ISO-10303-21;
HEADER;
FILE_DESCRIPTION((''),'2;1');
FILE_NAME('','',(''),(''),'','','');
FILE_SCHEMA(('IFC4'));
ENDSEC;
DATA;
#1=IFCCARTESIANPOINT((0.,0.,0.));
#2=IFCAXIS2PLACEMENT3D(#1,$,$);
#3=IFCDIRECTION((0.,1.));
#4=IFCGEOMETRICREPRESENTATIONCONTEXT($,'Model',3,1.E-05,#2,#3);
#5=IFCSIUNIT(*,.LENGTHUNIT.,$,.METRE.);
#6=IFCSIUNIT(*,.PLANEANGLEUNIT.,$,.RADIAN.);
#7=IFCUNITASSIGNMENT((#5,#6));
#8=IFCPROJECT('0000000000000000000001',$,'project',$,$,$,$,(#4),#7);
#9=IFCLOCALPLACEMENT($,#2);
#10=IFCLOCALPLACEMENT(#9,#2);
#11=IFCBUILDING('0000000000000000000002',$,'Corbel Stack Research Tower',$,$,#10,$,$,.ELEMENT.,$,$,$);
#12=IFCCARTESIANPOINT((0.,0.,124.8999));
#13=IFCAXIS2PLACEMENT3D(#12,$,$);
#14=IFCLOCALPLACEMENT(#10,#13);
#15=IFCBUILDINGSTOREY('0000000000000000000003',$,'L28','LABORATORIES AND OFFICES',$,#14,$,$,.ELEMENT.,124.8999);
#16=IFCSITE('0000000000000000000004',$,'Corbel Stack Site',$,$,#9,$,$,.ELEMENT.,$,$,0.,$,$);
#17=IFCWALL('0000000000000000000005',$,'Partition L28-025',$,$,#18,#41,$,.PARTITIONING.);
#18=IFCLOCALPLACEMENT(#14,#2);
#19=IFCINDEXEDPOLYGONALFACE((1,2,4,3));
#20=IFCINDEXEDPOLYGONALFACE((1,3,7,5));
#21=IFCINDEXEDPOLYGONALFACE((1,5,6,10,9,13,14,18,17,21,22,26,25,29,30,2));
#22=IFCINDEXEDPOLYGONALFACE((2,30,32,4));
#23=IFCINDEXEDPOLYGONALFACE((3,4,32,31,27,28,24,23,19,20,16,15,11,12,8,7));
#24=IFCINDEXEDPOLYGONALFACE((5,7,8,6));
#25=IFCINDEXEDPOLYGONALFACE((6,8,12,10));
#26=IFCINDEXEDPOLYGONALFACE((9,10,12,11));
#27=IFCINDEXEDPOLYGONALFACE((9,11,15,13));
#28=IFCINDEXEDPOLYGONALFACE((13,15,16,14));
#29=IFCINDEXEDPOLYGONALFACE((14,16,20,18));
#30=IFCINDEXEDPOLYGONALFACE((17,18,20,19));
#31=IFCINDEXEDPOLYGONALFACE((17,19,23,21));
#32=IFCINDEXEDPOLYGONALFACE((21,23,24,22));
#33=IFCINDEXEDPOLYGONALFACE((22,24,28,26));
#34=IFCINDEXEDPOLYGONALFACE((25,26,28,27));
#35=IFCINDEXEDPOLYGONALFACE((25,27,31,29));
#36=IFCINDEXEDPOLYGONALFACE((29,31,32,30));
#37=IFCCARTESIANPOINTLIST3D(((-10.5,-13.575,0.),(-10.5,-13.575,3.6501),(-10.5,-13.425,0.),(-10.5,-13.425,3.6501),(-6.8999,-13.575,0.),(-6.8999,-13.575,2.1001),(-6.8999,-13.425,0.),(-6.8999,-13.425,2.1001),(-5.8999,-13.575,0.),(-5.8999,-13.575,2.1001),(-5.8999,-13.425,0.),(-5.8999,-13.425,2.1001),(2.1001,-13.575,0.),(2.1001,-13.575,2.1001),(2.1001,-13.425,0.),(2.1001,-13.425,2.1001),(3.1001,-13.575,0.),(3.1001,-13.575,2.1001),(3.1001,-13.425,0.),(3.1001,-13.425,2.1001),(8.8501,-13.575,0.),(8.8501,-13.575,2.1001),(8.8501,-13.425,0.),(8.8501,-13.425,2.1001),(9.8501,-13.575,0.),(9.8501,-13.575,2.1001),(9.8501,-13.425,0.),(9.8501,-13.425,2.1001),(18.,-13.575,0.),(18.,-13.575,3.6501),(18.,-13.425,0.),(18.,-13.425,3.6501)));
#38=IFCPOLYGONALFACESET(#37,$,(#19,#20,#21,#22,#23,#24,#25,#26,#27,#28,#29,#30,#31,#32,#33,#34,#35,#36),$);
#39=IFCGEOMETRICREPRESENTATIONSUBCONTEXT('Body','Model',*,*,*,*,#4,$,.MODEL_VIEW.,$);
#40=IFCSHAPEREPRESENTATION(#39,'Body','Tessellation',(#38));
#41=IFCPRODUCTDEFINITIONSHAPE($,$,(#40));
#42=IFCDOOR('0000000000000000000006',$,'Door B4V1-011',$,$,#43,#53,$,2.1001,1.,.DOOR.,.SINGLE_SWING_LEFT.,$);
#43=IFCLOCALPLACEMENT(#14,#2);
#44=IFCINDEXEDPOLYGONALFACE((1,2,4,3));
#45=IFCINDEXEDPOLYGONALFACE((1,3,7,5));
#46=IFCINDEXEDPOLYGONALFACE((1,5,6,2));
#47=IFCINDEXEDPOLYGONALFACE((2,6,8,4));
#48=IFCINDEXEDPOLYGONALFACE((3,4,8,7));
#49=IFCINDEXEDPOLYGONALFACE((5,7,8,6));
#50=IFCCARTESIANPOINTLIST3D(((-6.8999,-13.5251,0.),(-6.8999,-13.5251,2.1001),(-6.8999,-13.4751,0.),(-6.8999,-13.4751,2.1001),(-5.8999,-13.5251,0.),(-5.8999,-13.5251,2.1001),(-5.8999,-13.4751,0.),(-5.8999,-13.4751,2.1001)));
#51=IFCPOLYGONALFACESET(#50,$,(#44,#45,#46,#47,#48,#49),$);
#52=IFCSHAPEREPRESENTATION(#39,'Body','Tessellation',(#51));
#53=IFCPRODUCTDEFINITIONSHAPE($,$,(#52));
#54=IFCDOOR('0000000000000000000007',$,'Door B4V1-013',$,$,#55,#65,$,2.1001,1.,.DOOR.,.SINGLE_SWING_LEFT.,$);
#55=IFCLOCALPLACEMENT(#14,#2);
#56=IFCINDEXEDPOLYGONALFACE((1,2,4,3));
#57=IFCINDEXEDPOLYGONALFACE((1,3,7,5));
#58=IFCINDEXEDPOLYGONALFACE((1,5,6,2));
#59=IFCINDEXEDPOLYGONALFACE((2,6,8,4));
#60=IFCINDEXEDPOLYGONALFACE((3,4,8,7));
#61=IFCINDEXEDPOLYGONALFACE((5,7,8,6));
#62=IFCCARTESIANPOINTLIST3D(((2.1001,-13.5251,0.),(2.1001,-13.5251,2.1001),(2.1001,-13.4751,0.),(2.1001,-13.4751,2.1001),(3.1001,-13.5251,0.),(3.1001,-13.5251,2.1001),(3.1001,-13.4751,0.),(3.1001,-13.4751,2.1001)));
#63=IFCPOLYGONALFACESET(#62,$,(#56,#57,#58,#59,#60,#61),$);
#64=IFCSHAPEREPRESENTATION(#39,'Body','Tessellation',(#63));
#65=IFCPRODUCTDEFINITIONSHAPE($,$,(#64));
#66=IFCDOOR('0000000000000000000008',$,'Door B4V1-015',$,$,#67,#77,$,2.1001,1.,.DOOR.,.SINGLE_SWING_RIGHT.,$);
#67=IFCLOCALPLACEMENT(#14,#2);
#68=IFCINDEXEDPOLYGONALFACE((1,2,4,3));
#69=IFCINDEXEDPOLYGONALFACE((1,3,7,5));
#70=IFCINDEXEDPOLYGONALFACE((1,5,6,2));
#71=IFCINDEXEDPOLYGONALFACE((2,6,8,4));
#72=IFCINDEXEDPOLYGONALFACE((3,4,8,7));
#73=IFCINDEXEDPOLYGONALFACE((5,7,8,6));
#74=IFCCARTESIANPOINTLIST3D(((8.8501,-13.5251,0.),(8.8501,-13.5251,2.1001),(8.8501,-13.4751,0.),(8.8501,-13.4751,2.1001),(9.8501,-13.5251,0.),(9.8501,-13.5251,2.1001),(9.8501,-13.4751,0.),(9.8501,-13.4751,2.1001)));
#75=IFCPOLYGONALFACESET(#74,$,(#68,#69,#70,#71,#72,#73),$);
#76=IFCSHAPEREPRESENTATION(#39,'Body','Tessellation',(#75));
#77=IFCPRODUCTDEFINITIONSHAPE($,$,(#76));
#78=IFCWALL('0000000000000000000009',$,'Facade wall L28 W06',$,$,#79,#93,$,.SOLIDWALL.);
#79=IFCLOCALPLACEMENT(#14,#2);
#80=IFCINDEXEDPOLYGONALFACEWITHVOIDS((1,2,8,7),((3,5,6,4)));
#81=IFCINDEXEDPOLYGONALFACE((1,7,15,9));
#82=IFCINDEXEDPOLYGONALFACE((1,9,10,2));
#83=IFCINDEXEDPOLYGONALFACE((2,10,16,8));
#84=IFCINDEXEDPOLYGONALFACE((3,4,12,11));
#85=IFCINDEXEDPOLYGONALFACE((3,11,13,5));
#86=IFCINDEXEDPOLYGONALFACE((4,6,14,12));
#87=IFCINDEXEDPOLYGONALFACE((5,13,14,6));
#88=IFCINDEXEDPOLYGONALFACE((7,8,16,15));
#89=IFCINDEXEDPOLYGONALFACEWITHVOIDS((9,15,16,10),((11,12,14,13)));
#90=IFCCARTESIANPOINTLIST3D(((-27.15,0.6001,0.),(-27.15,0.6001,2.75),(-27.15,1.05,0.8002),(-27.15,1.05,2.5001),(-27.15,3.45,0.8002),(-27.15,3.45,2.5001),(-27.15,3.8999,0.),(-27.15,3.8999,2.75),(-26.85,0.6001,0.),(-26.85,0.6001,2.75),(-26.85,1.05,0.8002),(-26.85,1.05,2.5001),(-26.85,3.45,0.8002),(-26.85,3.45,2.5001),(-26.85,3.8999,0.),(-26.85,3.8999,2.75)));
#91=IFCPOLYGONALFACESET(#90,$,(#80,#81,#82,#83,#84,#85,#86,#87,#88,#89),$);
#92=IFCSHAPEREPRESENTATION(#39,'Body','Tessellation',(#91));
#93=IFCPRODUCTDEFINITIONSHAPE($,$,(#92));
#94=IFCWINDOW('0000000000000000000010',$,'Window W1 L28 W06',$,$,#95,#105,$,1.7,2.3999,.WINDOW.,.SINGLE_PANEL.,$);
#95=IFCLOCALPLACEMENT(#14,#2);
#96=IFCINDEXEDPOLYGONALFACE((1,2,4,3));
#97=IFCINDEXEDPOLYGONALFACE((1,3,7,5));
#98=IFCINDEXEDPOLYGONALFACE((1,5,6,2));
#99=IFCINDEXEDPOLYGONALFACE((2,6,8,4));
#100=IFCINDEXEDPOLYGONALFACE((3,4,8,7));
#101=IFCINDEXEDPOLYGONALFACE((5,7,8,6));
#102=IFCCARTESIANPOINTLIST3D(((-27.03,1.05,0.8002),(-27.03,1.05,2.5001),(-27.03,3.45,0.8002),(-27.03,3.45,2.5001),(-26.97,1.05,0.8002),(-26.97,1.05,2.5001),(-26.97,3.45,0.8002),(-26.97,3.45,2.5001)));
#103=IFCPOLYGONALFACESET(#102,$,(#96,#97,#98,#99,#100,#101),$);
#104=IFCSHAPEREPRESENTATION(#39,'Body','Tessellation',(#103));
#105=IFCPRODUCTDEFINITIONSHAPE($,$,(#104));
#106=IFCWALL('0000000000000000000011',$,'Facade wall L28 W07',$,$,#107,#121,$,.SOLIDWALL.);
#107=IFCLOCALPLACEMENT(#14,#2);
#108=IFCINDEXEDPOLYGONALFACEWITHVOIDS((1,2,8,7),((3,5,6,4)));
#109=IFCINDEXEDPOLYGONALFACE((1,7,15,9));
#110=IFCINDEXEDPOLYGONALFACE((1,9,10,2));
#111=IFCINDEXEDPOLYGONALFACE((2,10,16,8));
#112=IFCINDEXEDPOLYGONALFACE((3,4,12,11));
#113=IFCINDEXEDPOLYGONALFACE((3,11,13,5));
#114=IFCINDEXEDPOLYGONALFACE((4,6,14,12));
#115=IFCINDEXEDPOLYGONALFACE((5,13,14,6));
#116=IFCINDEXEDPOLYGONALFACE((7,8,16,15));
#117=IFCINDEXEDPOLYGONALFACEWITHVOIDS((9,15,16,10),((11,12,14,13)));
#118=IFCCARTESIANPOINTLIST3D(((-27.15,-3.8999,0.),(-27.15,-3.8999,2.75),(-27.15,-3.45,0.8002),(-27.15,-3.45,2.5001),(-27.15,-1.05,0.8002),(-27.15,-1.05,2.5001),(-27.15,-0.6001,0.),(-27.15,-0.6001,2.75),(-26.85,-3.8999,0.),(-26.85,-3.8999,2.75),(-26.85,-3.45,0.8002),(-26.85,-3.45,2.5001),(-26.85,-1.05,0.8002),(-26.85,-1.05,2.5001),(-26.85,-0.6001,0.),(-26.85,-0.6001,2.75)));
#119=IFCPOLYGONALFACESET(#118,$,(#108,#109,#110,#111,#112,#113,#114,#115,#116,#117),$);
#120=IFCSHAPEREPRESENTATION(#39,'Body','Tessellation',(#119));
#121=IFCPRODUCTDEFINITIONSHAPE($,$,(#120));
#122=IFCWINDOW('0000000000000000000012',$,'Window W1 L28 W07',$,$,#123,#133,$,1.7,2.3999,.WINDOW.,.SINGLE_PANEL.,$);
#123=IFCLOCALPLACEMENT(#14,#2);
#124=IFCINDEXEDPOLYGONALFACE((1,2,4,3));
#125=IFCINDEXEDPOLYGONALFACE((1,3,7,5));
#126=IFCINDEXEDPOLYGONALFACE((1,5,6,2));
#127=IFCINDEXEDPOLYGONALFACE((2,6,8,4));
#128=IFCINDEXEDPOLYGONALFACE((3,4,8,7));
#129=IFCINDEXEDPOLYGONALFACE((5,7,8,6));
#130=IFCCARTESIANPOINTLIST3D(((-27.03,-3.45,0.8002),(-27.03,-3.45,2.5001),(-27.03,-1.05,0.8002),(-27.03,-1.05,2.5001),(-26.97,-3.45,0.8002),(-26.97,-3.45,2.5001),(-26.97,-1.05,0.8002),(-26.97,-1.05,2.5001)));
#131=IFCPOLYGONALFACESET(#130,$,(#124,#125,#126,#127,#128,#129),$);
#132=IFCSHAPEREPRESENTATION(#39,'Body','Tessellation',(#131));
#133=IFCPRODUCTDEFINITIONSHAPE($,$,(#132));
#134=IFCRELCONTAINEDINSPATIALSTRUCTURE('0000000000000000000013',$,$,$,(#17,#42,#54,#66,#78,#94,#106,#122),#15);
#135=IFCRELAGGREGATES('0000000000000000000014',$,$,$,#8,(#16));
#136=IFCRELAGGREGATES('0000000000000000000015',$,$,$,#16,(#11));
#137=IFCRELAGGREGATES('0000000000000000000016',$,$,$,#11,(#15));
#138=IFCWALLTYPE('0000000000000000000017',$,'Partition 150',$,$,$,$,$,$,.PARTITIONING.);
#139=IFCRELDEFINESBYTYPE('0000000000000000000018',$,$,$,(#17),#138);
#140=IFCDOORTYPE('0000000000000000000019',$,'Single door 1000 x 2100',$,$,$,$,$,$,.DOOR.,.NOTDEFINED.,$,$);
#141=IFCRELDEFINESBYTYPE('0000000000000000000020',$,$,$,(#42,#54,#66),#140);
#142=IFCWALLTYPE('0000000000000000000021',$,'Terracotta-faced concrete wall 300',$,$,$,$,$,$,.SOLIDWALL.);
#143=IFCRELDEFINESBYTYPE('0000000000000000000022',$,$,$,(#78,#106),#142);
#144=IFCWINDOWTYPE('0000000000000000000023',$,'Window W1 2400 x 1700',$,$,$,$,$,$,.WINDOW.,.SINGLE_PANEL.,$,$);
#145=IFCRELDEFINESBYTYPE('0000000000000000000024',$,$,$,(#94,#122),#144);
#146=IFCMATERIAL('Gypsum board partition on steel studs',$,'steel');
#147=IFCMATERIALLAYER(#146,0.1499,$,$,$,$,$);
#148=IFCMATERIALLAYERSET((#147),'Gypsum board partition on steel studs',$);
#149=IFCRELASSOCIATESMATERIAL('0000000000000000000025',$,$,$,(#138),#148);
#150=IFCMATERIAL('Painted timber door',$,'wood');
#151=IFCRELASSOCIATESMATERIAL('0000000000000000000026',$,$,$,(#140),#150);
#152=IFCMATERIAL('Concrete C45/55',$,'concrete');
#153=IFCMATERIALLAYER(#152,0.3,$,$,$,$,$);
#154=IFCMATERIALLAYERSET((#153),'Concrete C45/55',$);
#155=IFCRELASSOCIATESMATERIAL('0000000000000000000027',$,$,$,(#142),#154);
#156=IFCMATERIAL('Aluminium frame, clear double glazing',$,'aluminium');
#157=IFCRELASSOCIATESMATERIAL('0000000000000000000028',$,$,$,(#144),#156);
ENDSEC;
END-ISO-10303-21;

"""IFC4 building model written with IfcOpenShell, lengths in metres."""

from ifc_helpers import new_model, si_unit, direction, frame, frame_2d, origin, place, context, subcontext, project, spatial, rectangle, extrude, material, layer, layer_set, type_object, element, fill, save


model = new_model("IFC4")

# Units and contexts
model_context = context("Model", 3, precision=1e-05, world=origin(), true_north=direction((0.0, 1.0)))
body_context = subcontext(model_context, "Body", "Model", "MODEL_VIEW")
ifc_project = project(units=[si_unit("LENGTHUNIT", "METRE"), si_unit("PLANEANGLEUNIT", "RADIAN")], contexts=[model_context])

# Site, building, storey
site_placement = place(None, origin())
site = spatial("IfcSite", under=ifc_project, at=site_placement, Name="Corbel Stack Site", CompositionType="ELEMENT", RefElevation=0.0)
building_placement = place(site_placement, origin())
building = spatial("IfcBuilding", under=site, at=building_placement, Name="Corbel Stack Research Tower", CompositionType="ELEMENT")
storey_placement = place(building_placement, frame((0.0, 0.0, 124.8999)))
storey = spatial("IfcBuildingStorey", under=building, at=storey_placement, Name="L28", Description="LABORATORIES AND OFFICES", CompositionType="ELEMENT", Elevation=124.8999)

# Shared definitions
ifc_material_1 = material(Name="Gypsum board partition on steel studs", Category="steel")
ifc_layer_1 = layer(ifc_material_1, 0.1499)
ifc_layer_set_1 = layer_set([ifc_layer_1], Name="Gypsum board partition on steel studs")
wall_type_1 = type_object("IfcWallType", Name="Partition 150", PredefinedType="PARTITIONING", material=ifc_layer_set_1)
ifc_material_2 = material(Name="Painted timber door", Category="wood")
door_type_1 = type_object("IfcDoorType", Name="Single door 1000 x 2100", OperationType="NOTDEFINED", PredefinedType="DOOR", material=ifc_material_2)

# Wall, openings, doors
wall_1_placement = place(storey_placement, frame((-10.5, -13.5, 0.0), z_axis=(0.0, 0.0, 1.0), x_axis=(1.0, 0.0, 0.0)))
wall_1 = element("IfcWall", 1, at=wall_1_placement, inside=storey, type_object=wall_type_1, Name="Partition L28-025", PredefinedType="PARTITIONING", context=body_context, shape_type="SweptSolid", body=[
    extrude(rectangle(XDim=28.5, YDim=0.1499, at=frame_2d((14.25, 0.0))), origin(), (0.0, 0.0, 1.0), 3.6501),
])
opening_1_placement = place(wall_1_placement, frame((3.6001, 0.0, 0.0)))
opening_1 = element("IfcOpeningElement", 2, at=opening_1_placement, cuts=wall_1, PredefinedType="OPENING", context=body_context, shape_type="SweptSolid", body=[
    extrude(rectangle(XDim=1.0, YDim=2.1001, at=frame_2d((0.5, 1.05))), frame((0.0, 0.085, 0.0), z_axis=(0.0, -1.0, 0.0), x_axis=(1.0, 0.0, 0.0)), (0.0, 0.0, 1.0), 0.1699),
])
opening_2_placement = place(wall_1_placement, frame((12.6001, 0.0, 0.0)))
opening_2 = element("IfcOpeningElement", 3, at=opening_2_placement, cuts=wall_1, PredefinedType="OPENING", context=body_context, shape_type="SweptSolid", body=[
    extrude(rectangle(XDim=1.0, YDim=2.1001, at=frame_2d((0.5, 1.05))), frame((0.0, 0.085, 0.0), z_axis=(0.0, -1.0, 0.0), x_axis=(1.0, 0.0, 0.0)), (0.0, 0.0, 1.0), 0.1699),
])
opening_3_placement = place(wall_1_placement, frame((19.3501, 0.0, 0.0)))
opening_3 = element("IfcOpeningElement", 4, at=opening_3_placement, cuts=wall_1, PredefinedType="OPENING", context=body_context, shape_type="SweptSolid", body=[
    extrude(rectangle(XDim=1.0, YDim=2.1001, at=frame_2d((0.5, 1.05))), frame((0.0, 0.085, 0.0), z_axis=(0.0, -1.0, 0.0), x_axis=(1.0, 0.0, 0.0)), (0.0, 0.0, 1.0), 0.1699),
])
door_1_placement = place(opening_1_placement, origin())
door_1 = element("IfcDoor", 5, at=door_1_placement, inside=storey, type_object=door_type_1, Name="Door B4V1-011", OperationType="SINGLE_SWING_LEFT", OverallHeight=2.1001, OverallWidth=1.0, PredefinedType="DOOR", context=body_context, shape_type="SweptSolid", body=[
    extrude(rectangle(XDim=1.0, YDim=2.1001, at=frame_2d((0.5, 1.05))), frame((0.0, 0.0249, 0.0), z_axis=(0.0, -1.0, 0.0), x_axis=(1.0, 0.0, 0.0)), (0.0, 0.0, 1.0), 0.05),
])
fill(opening_1, door_1)
door_2_placement = place(opening_2_placement, origin())
door_2 = element("IfcDoor", 6, at=door_2_placement, inside=storey, type_object=door_type_1, Name="Door B4V1-013", OperationType="SINGLE_SWING_LEFT", OverallHeight=2.1001, OverallWidth=1.0, PredefinedType="DOOR", context=body_context, shape_type="SweptSolid", body=[
    extrude(rectangle(XDim=1.0, YDim=2.1001, at=frame_2d((0.5, 1.05))), frame((0.0, 0.0249, 0.0), z_axis=(0.0, -1.0, 0.0), x_axis=(1.0, 0.0, 0.0)), (0.0, 0.0, 1.0), 0.05),
])
fill(opening_2, door_2)
door_3_placement = place(opening_3_placement, origin())
door_3 = element("IfcDoor", 7, at=door_3_placement, inside=storey, type_object=door_type_1, Name="Door B4V1-015", OperationType="SINGLE_SWING_RIGHT", OverallHeight=2.1001, OverallWidth=1.0, PredefinedType="DOOR", context=body_context, shape_type="SweptSolid", body=[
    extrude(rectangle(XDim=1.0, YDim=2.1001, at=frame_2d((0.5, 1.05))), frame((0.0, 0.0249, 0.0), z_axis=(0.0, -1.0, 0.0), x_axis=(1.0, 0.0, 0.0)), (0.0, 0.0, 1.0), 0.05),
])
fill(opening_3, door_3)

# Walls, openings, windows
ifc_material_3 = material(Name="Concrete C45/55", Category="concrete")
ifc_layer_2 = layer(ifc_material_3, 0.3)
ifc_layer_set_2 = layer_set([ifc_layer_2], Name="Concrete C45/55")
wall_type_2 = type_object("IfcWallType", Name="Terracotta-faced concrete wall 300", PredefinedType="SOLIDWALL", material=ifc_layer_set_2)
wall_2_placement = place(storey_placement, frame((-27.0, 0.6001, 0.0), z_axis=(0.0, 0.0, 1.0), x_axis=(0.0, 1.0, 0.0)))
wall_2 = element("IfcWall", 8, at=wall_2_placement, inside=storey, type_object=wall_type_2, Name="Facade wall L28 W06", PredefinedType="SOLIDWALL", context=body_context, shape_type="SweptSolid", body=[
    extrude(rectangle(XDim=3.2998, YDim=0.3, at=frame_2d((1.6499, 0.0))), origin(), (0.0, 0.0, 1.0), 2.75),
])
opening_4_placement = place(wall_2_placement, frame((0.45, 0.0, 0.8)))
opening_4 = element("IfcOpeningElement", 9, at=opening_4_placement, cuts=wall_2, PredefinedType="OPENING", context=body_context, shape_type="SweptSolid", body=[
    extrude(rectangle(XDim=2.3999, YDim=1.7, at=frame_2d((1.2, 0.8501))), frame((0.0, 0.1599, 0.0), z_axis=(0.0, -1.0, 0.0), x_axis=(1.0, 0.0, 0.0)), (0.0, 0.0, 1.0), 0.3201),
])
ifc_material_4 = material(Name="Aluminium frame, clear double glazing", Category="aluminium")
window_type = type_object("IfcWindowType", Name="Window W1 2400 x 1700", PartitioningType="SINGLE_PANEL", PredefinedType="WINDOW", material=ifc_material_4)
window_1_placement = place(opening_4_placement, origin())
window_1 = element("IfcWindow", 10, at=window_1_placement, inside=storey, type_object=window_type, Name="Window W1 L28 W06", OverallHeight=1.7, OverallWidth=2.3999, PartitioningType="SINGLE_PANEL", PredefinedType="WINDOW", context=body_context, shape_type="SweptSolid", body=[
    extrude(rectangle(XDim=2.3999, YDim=1.7, at=frame_2d((1.2, 0.8501))), frame((0.0, 0.03, 0.0), z_axis=(0.0, -1.0, 0.0), x_axis=(1.0, 0.0, 0.0)), (0.0, 0.0, 1.0), 0.0601),
])
fill(opening_4, window_1)
wall_3_placement = place(storey_placement, frame((-27.0, -3.8999, 0.0), z_axis=(0.0, 0.0, 1.0), x_axis=(0.0, 1.0, 0.0)))
wall_3 = element("IfcWall", 11, at=wall_3_placement, inside=storey, type_object=wall_type_2, Name="Facade wall L28 W07", PredefinedType="SOLIDWALL", context=body_context, shape_type="SweptSolid", body=[
    extrude(rectangle(XDim=3.2998, YDim=0.3, at=frame_2d((1.6499, 0.0))), origin(), (0.0, 0.0, 1.0), 2.75),
])
opening_5_placement = place(wall_3_placement, frame((0.45, 0.0, 0.8)))
opening_5 = element("IfcOpeningElement", 12, at=opening_5_placement, cuts=wall_3, PredefinedType="OPENING", context=body_context, shape_type="SweptSolid", body=[
    extrude(rectangle(XDim=2.3999, YDim=1.7, at=frame_2d((1.2, 0.8501))), frame((0.0, 0.1599, 0.0), z_axis=(0.0, -1.0, 0.0), x_axis=(1.0, 0.0, 0.0)), (0.0, 0.0, 1.0), 0.3201),
])
window_2_placement = place(opening_5_placement, origin())
window_2 = element("IfcWindow", 13, at=window_2_placement, inside=storey, type_object=window_type, Name="Window W1 L28 W07", OverallHeight=1.7, OverallWidth=2.3999, PartitioningType="SINGLE_PANEL", PredefinedType="WINDOW", context=body_context, shape_type="SweptSolid", body=[
    extrude(rectangle(XDim=2.3999, YDim=1.7, at=frame_2d((1.2, 0.8501))), frame((0.0, 0.03, 0.0), z_axis=(0.0, -1.0, 0.0), x_axis=(1.0, 0.0, 0.0)), (0.0, 0.0, 1.0), 0.0601),
])
fill(opening_5, window_2)

save(model, "model.ifc")
